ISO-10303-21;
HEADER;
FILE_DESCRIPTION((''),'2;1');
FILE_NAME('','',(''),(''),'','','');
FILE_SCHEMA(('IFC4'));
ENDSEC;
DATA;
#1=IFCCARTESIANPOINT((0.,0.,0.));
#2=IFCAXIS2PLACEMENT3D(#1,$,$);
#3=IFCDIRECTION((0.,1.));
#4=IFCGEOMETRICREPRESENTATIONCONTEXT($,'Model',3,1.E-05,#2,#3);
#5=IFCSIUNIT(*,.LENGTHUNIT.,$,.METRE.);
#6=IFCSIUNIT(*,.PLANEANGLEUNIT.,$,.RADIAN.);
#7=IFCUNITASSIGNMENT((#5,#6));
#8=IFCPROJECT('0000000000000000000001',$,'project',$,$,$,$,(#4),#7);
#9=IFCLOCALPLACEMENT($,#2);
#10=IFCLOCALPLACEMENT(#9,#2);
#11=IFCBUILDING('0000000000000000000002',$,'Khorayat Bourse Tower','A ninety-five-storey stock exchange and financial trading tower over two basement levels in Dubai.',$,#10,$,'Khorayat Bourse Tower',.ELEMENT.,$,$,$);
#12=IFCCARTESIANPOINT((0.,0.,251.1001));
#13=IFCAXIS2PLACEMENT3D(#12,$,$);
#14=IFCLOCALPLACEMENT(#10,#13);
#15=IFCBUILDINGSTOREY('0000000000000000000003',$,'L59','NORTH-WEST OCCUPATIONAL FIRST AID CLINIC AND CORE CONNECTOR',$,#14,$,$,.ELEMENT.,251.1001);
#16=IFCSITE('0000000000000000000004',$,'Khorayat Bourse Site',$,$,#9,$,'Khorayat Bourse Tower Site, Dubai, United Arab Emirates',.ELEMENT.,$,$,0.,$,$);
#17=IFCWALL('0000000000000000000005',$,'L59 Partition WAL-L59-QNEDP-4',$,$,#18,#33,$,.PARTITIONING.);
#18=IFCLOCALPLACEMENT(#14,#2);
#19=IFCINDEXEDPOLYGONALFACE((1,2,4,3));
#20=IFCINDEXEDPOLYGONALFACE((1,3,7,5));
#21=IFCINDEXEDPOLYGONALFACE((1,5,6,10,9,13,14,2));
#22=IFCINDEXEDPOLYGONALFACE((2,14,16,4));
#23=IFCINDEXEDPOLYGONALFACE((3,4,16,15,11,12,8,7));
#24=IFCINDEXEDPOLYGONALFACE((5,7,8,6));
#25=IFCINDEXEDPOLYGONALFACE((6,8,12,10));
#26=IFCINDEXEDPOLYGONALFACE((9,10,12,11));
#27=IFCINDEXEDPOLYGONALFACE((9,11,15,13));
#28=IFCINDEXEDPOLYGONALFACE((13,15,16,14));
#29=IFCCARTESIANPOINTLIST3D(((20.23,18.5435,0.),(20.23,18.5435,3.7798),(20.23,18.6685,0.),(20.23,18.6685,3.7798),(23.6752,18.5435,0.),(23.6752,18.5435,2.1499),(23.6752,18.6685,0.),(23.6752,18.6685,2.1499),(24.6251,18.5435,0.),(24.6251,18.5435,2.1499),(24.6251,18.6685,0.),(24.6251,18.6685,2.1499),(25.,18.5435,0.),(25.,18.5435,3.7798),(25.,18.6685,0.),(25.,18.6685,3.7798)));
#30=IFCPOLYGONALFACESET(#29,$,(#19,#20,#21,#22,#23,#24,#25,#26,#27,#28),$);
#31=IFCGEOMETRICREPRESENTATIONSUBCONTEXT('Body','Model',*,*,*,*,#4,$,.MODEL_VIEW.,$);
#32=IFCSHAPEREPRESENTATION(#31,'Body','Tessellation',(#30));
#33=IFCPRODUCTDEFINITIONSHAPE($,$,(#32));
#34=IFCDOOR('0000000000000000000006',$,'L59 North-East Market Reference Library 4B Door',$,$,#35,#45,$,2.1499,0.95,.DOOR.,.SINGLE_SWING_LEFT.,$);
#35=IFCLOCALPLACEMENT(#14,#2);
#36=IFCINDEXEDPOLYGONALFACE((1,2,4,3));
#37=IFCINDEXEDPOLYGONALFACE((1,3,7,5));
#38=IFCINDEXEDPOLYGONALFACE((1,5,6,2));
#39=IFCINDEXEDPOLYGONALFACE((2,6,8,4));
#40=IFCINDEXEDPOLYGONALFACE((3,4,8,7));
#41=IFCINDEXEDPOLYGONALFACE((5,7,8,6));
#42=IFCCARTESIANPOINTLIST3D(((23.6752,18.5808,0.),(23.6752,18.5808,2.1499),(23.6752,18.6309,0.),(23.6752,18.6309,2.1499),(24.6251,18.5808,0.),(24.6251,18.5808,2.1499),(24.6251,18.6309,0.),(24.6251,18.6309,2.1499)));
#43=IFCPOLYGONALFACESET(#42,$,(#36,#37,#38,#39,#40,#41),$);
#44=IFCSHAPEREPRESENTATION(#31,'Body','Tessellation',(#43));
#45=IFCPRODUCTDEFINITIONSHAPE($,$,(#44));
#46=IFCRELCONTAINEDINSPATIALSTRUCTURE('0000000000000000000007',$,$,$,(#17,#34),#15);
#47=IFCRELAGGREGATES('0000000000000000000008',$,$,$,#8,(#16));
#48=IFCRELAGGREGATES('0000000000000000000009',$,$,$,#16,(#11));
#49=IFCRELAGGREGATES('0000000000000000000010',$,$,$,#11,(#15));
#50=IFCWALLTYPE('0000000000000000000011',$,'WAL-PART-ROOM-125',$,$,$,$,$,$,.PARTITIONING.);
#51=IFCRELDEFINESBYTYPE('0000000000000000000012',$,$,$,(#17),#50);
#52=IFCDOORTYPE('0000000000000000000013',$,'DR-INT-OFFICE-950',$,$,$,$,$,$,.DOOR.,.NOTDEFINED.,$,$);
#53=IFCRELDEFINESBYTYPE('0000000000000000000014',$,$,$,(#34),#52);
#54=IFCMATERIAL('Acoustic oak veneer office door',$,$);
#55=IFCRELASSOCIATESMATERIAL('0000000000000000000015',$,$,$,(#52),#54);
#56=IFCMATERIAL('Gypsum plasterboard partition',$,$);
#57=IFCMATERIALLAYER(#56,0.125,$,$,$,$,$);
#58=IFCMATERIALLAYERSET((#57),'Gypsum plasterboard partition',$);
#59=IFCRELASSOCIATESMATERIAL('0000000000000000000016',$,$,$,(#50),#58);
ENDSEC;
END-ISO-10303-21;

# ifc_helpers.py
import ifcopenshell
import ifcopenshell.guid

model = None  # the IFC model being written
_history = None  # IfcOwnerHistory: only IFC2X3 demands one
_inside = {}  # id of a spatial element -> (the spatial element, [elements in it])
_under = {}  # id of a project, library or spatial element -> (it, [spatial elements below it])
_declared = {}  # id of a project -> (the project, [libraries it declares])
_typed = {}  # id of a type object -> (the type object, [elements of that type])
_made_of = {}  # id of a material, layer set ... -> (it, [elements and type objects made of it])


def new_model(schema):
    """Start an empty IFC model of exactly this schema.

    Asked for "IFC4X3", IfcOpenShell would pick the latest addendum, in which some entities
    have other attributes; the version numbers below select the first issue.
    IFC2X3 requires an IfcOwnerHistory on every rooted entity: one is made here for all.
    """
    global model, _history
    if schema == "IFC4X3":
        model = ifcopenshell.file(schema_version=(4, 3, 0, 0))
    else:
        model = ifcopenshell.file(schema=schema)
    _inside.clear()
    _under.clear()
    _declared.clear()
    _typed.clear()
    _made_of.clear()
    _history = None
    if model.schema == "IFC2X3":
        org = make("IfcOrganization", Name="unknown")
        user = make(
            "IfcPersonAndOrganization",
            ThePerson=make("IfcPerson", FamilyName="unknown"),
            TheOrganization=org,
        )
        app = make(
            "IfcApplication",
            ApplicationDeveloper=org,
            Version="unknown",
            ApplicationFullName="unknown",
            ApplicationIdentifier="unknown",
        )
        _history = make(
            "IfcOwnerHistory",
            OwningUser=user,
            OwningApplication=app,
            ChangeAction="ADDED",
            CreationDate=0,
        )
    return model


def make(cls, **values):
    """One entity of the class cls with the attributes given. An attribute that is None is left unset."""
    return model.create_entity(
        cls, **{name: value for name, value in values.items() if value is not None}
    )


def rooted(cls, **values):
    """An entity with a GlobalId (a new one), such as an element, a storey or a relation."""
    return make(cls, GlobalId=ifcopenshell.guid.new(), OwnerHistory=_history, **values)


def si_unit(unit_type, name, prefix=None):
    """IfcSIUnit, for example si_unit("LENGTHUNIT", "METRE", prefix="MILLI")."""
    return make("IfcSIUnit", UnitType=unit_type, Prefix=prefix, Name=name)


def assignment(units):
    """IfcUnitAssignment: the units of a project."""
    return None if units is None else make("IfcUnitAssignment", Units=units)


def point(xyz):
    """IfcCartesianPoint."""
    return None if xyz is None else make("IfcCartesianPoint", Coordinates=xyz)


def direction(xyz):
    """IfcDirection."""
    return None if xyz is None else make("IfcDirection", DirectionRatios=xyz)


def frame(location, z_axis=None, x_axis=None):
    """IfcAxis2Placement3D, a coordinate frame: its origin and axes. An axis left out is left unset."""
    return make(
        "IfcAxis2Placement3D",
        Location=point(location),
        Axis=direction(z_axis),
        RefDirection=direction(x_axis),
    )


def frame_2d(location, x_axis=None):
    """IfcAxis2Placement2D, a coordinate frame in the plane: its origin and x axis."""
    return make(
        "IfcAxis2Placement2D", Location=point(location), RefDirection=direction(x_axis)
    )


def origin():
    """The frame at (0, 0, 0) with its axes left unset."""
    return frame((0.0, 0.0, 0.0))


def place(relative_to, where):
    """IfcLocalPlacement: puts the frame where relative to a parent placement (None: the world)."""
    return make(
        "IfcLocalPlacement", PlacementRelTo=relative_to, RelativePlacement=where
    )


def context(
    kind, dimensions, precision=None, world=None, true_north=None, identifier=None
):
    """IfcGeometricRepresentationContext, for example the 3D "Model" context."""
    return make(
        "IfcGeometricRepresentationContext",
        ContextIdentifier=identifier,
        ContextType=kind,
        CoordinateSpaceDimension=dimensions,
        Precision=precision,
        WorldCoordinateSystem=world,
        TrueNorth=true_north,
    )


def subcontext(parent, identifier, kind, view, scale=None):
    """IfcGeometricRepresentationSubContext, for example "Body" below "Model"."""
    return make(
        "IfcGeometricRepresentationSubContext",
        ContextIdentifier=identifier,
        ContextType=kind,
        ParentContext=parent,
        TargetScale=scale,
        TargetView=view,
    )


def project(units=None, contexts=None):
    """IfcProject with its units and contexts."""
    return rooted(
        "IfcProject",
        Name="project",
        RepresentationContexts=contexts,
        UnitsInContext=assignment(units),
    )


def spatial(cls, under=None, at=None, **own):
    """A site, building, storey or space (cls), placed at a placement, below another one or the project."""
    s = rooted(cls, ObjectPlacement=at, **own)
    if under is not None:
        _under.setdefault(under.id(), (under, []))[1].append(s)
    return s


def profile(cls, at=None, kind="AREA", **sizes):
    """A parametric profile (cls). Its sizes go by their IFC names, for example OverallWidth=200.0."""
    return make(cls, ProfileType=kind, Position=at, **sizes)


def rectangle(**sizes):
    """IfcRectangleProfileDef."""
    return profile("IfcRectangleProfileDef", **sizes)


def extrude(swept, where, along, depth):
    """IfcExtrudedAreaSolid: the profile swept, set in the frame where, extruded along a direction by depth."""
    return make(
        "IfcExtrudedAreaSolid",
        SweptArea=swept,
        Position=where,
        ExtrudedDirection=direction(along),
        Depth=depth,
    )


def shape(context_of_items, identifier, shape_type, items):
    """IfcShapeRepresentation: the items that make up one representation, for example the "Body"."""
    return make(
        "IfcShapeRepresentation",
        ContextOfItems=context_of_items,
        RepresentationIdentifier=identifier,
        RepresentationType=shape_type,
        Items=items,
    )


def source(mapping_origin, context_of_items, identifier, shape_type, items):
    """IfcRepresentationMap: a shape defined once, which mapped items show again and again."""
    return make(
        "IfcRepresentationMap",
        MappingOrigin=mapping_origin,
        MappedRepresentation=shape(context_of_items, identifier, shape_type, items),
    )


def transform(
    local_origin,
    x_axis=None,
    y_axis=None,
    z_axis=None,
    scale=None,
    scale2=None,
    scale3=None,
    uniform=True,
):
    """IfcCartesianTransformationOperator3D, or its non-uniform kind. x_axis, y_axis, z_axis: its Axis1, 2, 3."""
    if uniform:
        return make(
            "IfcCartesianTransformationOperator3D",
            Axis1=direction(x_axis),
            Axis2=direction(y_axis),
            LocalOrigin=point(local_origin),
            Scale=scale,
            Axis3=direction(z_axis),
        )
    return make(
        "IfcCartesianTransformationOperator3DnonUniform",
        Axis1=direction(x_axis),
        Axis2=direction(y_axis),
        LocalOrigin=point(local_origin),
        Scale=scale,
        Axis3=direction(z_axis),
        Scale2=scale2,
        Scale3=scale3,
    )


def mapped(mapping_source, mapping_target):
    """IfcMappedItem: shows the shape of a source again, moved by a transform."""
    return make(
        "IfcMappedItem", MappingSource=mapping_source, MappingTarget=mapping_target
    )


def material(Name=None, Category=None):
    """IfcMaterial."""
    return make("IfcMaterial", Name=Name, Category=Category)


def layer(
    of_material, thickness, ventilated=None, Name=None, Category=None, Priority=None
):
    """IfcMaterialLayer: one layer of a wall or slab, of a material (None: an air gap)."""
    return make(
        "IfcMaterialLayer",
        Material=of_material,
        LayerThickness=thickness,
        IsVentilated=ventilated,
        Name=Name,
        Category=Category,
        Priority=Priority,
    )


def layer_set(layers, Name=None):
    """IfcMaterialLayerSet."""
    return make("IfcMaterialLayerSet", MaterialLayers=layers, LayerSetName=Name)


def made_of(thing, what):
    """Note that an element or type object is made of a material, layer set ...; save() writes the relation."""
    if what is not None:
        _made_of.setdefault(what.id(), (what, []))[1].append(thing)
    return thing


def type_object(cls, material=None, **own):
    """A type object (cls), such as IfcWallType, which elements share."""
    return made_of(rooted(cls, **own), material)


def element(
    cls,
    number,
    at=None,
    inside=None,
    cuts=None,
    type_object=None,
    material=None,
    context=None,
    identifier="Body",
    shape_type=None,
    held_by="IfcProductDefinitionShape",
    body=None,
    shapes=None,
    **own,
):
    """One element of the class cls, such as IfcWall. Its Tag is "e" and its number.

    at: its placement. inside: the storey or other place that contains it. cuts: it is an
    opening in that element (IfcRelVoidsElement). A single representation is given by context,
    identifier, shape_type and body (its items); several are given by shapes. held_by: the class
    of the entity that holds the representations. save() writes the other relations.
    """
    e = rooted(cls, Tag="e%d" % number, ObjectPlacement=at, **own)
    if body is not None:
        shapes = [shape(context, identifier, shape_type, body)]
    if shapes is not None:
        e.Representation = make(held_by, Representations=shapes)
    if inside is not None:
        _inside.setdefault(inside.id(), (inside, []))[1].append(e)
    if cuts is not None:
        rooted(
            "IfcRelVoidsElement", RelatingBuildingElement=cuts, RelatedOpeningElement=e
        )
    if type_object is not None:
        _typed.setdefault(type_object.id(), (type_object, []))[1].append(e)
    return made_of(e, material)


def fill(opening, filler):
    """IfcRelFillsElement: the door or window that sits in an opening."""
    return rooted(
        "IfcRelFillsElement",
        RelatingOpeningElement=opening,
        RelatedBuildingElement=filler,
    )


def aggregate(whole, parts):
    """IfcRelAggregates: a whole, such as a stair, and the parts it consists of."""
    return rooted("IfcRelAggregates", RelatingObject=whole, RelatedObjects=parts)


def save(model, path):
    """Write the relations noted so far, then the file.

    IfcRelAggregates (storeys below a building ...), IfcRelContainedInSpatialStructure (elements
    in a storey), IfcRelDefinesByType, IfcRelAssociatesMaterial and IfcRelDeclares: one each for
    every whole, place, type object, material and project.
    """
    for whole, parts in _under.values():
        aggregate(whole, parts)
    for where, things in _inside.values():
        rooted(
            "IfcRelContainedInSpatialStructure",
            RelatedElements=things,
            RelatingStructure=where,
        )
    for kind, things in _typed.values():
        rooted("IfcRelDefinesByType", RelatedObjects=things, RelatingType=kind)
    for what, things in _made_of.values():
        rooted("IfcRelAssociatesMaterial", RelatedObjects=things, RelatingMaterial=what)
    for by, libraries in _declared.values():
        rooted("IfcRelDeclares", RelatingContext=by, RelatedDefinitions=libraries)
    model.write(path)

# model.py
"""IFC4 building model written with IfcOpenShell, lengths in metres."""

from ifc_helpers import new_model, si_unit, direction, frame, frame_2d, origin, place, context, subcontext, project, spatial, rectangle, extrude, source, transform, mapped, material, layer, layer_set, type_object, element, fill, save


model = new_model("IFC4")

# Units and contexts
model_context = context("Model", 3, precision=1e-05, world=origin(), true_north=direction((0.0, 1.0)))
body_context = subcontext(model_context, "Body", "Model", "MODEL_VIEW")
ifc_project = project(units=[si_unit("LENGTHUNIT", "METRE"), si_unit("PLANEANGLEUNIT", "RADIAN")], contexts=[model_context])

# Site, building, storey
site_placement = place(None, origin())
site = spatial("IfcSite", under=ifc_project, at=site_placement, Name="Khorayat Bourse Site", LongName="Khorayat Bourse Tower Site, Dubai, United Arab Emirates", CompositionType="ELEMENT", RefElevation=0.0)
building_placement = place(site_placement, origin())
building = spatial("IfcBuilding", under=site, at=building_placement, Name="Khorayat Bourse Tower", Description="A ninety-five-storey stock exchange and financial trading tower over two basement levels in Dubai.", LongName="Khorayat Bourse Tower", CompositionType="ELEMENT")
storey_placement = place(building_placement, frame((0.0, 0.0, 251.1001)))
storey = spatial("IfcBuildingStorey", under=building, at=storey_placement, Name="L59", Description="NORTH-WEST OCCUPATIONAL FIRST AID CLINIC AND CORE CONNECTOR", CompositionType="ELEMENT", Elevation=251.1001)

# Wall, opening, door
ifc_material_1 = material(Name="Acoustic oak veneer office door")
door_type = type_object("IfcDoorType", Name="DR-INT-OFFICE-950", OperationType="NOTDEFINED", PredefinedType="DOOR", material=ifc_material_1)
shared_shape_1 = source(origin(), body_context, "Body", "SweptSolid", [
    extrude(rectangle(XDim=0.95, YDim=2.1499, at=frame_2d((0.4751, 1.075))), frame((0.0, 0.0249, 0.0), z_axis=(0.0, -1.0, 0.0), x_axis=(1.0, 0.0, 0.0)), (0.0, 0.0, 1.0), 0.05),
])
ifc_material_2 = material(Name="Gypsum plasterboard partition")
ifc_layer_1 = layer(ifc_material_2, 0.125)
ifc_layer_set_1 = layer_set([ifc_layer_1], Name="Gypsum plasterboard partition")
wall_type_1 = type_object("IfcWallType", Name="WAL-PART-ROOM-125", PredefinedType="PARTITIONING", material=ifc_layer_set_1)
shared_shape_2 = source(origin(), body_context, "Body", "SweptSolid", [
    extrude(rectangle(XDim=4.77, YDim=0.125, at=frame_2d((2.385, 0.0))), origin(), (0.0, 0.0, 1.0), 3.7798),
])
wall_1_placement = place(storey_placement, frame((20.23, 18.606, 0.0), z_axis=(0.0, 0.0, 1.0), x_axis=(1.0, 0.0, 0.0)))
wall_1 = element("IfcWall", 1, at=wall_1_placement, inside=storey, type_object=wall_type_1, Name="L59 Partition WAL-L59-QNEDP-4", PredefinedType="PARTITIONING", context=body_context, shape_type="MappedRepresentation", body=[
    mapped(shared_shape_2, transform((0.0, 0.0, 0.0), scale=1.0)),
])
shared_shape_3 = source(origin(), body_context, "Body", "SweptSolid", [
    extrude(rectangle(XDim=0.95, YDim=2.1499, at=frame_2d((0.4751, 1.075))), frame((0.0, 0.0725, 0.0), z_axis=(0.0, -1.0, 0.0), x_axis=(1.0, 0.0, 0.0)), (0.0, 0.0, 1.0), 0.145),
])
opening_1_placement = place(wall_1_placement, frame((3.4451, 0.0, 0.0)))
opening_1 = element("IfcOpeningElement", 2, at=opening_1_placement, cuts=wall_1, PredefinedType="OPENING", context=body_context, shape_type="MappedRepresentation", body=[
    mapped(shared_shape_3, transform((0.0, 0.0, 0.0), scale=1.0)),
])
door_1_placement = place(opening_1_placement, origin())
door_1 = element("IfcDoor", 3, at=door_1_placement, inside=storey, type_object=door_type, Name="L59 North-East Market Reference Library 4B Door", OperationType="SINGLE_SWING_LEFT", OverallHeight=2.1499, OverallWidth=0.95, PredefinedType="DOOR", context=body_context, shape_type="MappedRepresentation", body=[
    mapped(shared_shape_1, transform((0.0, 0.0, 0.0), scale=1.0)),
])
fill(opening_1, door_1)

save(model, "model.ifc")
